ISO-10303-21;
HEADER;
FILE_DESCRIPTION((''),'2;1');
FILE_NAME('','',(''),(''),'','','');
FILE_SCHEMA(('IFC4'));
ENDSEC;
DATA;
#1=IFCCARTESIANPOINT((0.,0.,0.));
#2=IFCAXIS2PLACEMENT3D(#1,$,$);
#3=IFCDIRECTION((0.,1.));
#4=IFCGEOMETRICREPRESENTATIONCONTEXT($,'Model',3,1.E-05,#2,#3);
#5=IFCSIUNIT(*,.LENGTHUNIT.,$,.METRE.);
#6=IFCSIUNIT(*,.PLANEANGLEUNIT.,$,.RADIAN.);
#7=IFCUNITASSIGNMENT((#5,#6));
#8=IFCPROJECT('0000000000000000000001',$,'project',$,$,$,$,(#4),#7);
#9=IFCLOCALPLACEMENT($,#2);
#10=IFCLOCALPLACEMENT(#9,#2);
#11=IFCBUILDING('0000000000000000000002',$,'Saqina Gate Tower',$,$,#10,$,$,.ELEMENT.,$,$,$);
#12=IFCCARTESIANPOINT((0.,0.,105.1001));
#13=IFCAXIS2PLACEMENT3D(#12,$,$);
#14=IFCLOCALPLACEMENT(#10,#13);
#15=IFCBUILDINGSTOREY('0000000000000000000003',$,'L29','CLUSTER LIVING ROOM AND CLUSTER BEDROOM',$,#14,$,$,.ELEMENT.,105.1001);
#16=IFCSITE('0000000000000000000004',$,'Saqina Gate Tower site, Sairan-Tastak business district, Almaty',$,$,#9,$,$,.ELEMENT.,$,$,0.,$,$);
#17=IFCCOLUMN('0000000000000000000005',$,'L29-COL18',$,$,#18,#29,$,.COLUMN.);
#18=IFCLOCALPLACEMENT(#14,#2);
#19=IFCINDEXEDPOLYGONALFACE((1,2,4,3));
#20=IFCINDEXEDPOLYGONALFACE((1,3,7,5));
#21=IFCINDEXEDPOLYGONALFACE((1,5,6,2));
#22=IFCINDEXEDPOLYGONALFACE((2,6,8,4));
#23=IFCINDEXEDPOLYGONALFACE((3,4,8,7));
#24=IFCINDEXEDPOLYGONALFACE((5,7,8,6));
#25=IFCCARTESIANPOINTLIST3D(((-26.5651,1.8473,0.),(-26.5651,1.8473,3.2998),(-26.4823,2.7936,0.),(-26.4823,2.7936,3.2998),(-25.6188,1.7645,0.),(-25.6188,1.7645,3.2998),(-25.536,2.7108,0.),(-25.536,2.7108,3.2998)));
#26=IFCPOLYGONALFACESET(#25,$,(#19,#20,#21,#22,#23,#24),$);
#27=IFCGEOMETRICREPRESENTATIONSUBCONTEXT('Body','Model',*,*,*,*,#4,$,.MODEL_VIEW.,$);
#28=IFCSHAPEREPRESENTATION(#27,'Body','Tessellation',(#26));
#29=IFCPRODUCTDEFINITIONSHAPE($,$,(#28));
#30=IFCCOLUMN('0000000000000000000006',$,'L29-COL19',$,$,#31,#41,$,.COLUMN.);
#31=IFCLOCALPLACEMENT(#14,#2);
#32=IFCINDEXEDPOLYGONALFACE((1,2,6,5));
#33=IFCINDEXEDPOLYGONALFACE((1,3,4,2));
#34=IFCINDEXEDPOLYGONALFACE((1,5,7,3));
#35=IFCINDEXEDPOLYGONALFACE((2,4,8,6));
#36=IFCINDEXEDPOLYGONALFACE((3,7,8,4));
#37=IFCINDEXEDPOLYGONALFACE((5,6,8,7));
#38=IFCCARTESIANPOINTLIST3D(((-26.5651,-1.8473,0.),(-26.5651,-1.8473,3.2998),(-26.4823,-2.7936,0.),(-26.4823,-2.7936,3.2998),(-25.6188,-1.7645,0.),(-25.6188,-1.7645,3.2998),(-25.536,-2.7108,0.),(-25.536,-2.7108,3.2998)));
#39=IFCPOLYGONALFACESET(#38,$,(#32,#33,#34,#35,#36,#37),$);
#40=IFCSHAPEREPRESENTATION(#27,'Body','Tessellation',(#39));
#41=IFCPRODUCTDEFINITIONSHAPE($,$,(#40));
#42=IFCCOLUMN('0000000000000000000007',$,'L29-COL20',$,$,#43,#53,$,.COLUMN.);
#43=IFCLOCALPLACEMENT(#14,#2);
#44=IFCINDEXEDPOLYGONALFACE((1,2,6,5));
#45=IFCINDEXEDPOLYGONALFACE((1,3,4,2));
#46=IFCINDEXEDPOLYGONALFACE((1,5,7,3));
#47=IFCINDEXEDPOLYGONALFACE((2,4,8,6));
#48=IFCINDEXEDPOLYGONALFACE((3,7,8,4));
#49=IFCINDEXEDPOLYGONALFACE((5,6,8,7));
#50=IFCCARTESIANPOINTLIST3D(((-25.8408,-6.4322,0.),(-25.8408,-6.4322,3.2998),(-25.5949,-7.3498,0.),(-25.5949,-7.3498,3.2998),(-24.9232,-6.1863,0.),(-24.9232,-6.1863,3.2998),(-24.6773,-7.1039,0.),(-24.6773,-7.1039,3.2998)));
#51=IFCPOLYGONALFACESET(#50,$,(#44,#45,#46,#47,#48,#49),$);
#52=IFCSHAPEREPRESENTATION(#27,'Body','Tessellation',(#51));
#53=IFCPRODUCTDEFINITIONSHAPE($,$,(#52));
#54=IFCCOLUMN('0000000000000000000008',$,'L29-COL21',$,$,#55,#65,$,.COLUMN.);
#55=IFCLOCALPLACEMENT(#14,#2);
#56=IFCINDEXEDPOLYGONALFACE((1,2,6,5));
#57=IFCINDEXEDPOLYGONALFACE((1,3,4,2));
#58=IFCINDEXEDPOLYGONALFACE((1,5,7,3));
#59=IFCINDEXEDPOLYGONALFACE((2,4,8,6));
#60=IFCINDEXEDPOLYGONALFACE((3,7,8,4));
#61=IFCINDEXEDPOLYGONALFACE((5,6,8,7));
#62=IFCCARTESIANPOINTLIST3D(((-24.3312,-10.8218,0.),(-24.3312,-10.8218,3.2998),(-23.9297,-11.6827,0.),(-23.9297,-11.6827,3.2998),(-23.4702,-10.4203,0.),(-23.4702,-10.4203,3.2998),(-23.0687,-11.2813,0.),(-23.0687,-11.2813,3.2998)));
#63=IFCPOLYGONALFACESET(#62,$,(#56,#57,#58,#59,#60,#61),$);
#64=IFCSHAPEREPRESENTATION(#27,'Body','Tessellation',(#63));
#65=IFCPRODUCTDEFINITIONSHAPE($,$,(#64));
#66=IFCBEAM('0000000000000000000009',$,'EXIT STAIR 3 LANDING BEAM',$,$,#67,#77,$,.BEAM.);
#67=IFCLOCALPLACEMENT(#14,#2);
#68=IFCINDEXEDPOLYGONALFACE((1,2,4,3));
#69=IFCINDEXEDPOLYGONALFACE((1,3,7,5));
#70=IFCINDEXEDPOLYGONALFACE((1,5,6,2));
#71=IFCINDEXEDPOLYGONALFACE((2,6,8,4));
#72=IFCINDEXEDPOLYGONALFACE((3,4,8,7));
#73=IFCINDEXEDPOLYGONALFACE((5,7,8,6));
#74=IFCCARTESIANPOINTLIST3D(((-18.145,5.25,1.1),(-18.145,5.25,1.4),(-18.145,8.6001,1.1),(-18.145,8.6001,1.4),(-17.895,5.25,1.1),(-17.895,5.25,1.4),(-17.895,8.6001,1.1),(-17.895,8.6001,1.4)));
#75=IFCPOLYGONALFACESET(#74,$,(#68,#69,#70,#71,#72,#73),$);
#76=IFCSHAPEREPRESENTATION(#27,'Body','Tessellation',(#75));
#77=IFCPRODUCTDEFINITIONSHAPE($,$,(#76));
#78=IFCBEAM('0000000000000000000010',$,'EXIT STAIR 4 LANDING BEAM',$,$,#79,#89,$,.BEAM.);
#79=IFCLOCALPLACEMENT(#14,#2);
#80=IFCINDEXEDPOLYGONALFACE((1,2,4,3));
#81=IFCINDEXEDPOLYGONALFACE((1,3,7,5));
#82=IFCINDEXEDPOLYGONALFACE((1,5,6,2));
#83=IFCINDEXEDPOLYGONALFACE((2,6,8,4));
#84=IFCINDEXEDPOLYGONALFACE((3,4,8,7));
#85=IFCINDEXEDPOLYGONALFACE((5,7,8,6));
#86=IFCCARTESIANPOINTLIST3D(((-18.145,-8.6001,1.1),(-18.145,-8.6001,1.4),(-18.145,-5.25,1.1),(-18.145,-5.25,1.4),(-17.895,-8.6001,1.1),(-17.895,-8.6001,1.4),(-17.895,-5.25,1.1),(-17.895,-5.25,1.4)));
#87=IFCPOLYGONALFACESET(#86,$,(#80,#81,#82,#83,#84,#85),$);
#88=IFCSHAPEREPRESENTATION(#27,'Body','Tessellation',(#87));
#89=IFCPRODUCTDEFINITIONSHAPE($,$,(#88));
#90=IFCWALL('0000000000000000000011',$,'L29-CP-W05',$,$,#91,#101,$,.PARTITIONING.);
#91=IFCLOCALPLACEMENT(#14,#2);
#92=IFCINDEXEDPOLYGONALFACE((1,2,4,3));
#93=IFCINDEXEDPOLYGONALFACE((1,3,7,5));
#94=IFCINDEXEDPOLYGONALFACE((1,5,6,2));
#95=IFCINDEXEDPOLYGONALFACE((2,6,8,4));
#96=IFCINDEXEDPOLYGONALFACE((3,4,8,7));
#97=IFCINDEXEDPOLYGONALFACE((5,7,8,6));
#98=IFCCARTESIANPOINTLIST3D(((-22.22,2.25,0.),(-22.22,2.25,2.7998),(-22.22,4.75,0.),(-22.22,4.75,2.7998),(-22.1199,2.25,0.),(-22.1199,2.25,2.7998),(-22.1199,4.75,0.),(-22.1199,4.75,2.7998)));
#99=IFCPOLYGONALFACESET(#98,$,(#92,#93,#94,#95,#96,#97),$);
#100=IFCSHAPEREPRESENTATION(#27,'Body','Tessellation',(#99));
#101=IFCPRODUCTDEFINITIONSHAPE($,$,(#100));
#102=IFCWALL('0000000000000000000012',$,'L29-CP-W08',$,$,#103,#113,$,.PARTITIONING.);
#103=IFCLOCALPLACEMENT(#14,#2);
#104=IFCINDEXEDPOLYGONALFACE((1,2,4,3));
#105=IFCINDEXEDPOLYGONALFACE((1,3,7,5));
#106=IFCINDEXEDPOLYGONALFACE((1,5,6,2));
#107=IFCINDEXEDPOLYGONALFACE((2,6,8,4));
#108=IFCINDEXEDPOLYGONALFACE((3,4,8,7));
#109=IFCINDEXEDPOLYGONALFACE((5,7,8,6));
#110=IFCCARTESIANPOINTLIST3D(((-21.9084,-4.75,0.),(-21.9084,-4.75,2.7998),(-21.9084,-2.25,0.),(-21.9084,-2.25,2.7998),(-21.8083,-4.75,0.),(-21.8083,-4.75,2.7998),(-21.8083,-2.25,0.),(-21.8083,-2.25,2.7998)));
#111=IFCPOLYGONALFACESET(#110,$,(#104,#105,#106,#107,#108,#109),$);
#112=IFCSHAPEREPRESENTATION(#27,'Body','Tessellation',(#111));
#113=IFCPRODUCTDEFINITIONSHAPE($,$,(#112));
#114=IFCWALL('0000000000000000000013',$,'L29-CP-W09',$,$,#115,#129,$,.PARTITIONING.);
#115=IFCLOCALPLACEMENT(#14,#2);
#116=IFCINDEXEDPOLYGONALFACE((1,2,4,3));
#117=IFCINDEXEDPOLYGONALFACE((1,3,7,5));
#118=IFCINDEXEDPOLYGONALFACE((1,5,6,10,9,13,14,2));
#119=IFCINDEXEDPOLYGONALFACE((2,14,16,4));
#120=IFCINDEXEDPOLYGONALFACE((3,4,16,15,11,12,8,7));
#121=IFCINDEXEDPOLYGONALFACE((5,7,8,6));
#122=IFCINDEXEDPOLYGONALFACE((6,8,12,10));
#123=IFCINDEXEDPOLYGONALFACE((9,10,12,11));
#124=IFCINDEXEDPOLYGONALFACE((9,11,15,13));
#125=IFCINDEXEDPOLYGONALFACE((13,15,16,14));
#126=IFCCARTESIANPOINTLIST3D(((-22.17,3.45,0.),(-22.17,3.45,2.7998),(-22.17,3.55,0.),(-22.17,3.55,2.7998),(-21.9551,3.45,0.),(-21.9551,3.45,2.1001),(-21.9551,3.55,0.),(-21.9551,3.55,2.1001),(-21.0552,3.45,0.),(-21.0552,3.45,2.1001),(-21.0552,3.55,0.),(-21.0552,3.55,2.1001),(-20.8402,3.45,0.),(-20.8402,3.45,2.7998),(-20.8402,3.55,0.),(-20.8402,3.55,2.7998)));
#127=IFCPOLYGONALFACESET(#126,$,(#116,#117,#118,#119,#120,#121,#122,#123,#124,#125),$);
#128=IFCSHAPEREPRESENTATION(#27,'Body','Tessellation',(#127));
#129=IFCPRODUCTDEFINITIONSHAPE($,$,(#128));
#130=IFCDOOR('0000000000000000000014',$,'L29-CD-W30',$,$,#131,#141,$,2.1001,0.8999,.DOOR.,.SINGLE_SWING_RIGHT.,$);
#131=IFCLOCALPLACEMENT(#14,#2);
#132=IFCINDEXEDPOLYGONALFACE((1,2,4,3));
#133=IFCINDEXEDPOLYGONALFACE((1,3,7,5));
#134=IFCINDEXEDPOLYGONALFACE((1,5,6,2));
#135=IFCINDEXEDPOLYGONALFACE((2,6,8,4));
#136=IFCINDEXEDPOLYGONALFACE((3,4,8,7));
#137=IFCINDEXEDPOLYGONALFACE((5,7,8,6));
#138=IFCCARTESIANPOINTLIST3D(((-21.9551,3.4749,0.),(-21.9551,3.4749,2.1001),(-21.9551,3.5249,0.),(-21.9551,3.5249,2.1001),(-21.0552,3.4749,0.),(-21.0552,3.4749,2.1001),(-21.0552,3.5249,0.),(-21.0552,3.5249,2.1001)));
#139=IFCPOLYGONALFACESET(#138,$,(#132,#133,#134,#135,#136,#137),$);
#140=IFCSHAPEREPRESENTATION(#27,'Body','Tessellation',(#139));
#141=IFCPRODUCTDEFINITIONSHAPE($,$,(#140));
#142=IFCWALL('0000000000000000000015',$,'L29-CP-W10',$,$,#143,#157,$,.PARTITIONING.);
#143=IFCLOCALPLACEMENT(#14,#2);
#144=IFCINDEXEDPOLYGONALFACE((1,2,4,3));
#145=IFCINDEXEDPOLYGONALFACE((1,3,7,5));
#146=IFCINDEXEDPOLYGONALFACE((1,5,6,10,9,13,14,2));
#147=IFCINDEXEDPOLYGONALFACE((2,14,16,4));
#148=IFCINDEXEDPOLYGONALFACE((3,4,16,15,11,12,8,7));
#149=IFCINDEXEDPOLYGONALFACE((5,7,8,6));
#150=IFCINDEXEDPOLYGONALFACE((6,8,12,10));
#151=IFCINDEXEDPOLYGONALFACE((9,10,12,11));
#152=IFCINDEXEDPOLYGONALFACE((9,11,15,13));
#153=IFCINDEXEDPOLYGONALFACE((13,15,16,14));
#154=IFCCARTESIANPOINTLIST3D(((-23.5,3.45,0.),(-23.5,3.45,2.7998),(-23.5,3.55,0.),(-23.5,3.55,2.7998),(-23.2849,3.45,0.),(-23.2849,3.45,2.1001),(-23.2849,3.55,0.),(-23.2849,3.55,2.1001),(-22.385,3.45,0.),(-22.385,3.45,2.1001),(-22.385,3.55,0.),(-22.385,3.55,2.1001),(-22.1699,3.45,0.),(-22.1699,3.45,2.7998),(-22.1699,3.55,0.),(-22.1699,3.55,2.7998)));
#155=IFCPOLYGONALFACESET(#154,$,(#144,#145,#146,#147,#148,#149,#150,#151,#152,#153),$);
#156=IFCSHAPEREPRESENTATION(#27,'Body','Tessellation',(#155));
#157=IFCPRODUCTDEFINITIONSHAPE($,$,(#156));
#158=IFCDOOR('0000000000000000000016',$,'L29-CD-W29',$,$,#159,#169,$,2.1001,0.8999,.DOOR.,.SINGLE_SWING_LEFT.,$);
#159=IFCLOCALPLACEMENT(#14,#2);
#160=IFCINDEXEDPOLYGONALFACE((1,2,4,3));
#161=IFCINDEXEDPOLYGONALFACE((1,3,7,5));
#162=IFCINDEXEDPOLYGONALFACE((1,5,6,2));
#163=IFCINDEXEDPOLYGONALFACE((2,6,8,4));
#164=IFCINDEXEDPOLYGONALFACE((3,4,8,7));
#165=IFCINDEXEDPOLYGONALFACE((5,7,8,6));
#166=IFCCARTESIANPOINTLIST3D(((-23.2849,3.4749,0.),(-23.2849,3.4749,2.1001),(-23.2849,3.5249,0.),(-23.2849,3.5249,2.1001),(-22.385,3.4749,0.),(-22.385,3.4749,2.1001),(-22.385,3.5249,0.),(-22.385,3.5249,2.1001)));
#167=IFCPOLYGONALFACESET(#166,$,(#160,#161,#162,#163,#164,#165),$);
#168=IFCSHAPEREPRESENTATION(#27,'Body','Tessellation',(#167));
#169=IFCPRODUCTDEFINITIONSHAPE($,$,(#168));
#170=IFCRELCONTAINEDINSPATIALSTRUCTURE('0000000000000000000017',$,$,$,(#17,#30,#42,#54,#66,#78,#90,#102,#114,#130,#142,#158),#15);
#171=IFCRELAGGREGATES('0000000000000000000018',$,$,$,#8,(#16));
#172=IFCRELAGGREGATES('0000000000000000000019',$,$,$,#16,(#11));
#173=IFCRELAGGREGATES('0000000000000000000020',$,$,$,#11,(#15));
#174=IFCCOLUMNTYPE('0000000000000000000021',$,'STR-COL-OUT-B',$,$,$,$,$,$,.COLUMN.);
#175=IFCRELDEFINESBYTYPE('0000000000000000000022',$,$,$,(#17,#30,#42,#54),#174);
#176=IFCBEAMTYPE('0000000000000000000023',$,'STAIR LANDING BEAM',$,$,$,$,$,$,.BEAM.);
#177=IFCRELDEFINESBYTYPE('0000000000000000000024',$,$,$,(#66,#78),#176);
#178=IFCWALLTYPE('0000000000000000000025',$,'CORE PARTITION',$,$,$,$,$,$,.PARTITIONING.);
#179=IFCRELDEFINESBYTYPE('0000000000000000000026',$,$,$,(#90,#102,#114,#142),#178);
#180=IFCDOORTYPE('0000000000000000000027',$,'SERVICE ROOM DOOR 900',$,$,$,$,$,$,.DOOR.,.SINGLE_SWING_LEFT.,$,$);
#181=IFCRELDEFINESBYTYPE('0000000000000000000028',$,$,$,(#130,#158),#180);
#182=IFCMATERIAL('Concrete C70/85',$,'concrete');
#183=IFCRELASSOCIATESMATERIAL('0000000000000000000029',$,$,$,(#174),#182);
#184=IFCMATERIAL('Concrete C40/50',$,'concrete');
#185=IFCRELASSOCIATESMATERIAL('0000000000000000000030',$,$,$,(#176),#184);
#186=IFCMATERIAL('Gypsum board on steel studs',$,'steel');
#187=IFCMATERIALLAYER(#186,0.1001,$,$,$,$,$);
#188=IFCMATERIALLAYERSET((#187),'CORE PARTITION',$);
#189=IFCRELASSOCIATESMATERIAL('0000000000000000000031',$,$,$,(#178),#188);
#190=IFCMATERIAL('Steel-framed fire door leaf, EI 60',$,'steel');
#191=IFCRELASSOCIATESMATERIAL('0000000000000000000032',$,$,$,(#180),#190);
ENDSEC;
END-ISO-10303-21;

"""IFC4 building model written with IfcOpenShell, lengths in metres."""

from ifc_helpers import new_model, si_unit, direction, frame, frame_2d, origin, origin_2d, place, context, subcontext, project, spatial, rectangle, extrude, material, layer, layer_set, material_profile, profile_set, type_object, element, fill, save


model = new_model("IFC4")

# Units and contexts
model_context = context("Model", 3, precision=1e-05, world=origin(), true_north=direction((0.0, 1.0)))
body_context = subcontext(model_context, "Body", "Model", "MODEL_VIEW")
ifc_project = project(units=[si_unit("LENGTHUNIT", "METRE"), si_unit("PLANEANGLEUNIT", "RADIAN")], contexts=[model_context])

# Site, building, storey
site_placement = place(None, origin())
site = spatial("IfcSite", under=ifc_project, at=site_placement, Name="Saqina Gate Tower site, Sairan-Tastak business district, Almaty", CompositionType="ELEMENT", RefElevation=0.0)
building_placement = place(site_placement, origin())
building = spatial("IfcBuilding", under=site, at=building_placement, Name="Saqina Gate Tower", CompositionType="ELEMENT")
storey_placement = place(building_placement, frame((0.0, 0.0, 105.1001)))
storey = spatial("IfcBuildingStorey", under=building, at=storey_placement, Name="L29", Description="CLUSTER LIVING ROOM AND CLUSTER BEDROOM", CompositionType="ELEMENT", Elevation=105.1001)

# Columns
ifc_material_1 = material(Name="Concrete C70/85", Category="concrete")
ifc_material_profile_1 = material_profile(ifc_material_1, rectangle(XDim=0.95, YDim=0.95, at=origin_2d()), Name="RC 950x950")
ifc_profile_set_1 = profile_set([ifc_material_profile_1], Name="Concrete C70/85")
column_type = type_object("IfcColumnType", Name="STR-COL-OUT-B", PredefinedType="COLUMN", material=ifc_profile_set_1)
for number, where, z_axis, x_axis, name in (
    (1, (-26.0505, 2.2791, 0.0), (0.0, 0.0, 1.0), (-0.996195, 0.087156, 0.0), "L29-COL18"),
    (2, (-26.0505, -2.2791, 0.0), (0.0, 0.0, 1.0), (-0.996195, -0.087156, 0.0), "L29-COL19"),
    (3, (-25.259, -6.7681, 0.0), (0.0, 0.0, 1.0), (-0.965926, -0.258819, 0.0), "L29-COL20"),
    (4, (-23.7, -11.0515, 0.0), (0.0, 0.0, 1.0), (-0.906308, -0.422618, 0.0), "L29-COL21"),
):
    element("IfcColumn", number, at=place(storey_placement, frame(where, z_axis=z_axis, x_axis=x_axis)), inside=storey, type_object=column_type, Name=name, PredefinedType="COLUMN", context=body_context, shape_type="SweptSolid", body=[
        extrude(rectangle(XDim=0.95, YDim=0.95, at=origin_2d()), origin(), (0.0, 0.0, 1.0), 3.2998),
    ])

# Beams
ifc_material_2 = material(Name="Concrete C40/50", Category="concrete")
ifc_material_profile_2 = material_profile(ifc_material_2, rectangle(XDim=0.25, YDim=0.3, at=origin_2d()), Name="STAIR LANDING BEAM")
ifc_profile_set_2 = profile_set([ifc_material_profile_2], Name="Concrete C40/50")
beam_type = type_object("IfcBeamType", Name="STAIR LANDING BEAM", PredefinedType="BEAM", material=ifc_profile_set_2)
for number, where, z_axis, x_axis, name in (
    (5, (-18.02, 5.25, 1.25), (0.0, 1.0, 0.0), (-1.0, 0.0, 0.0), "EXIT STAIR 3 LANDING BEAM"),
    (6, (-18.02, -8.6001, 1.25), (0.0, 1.0, 0.0), (-1.0, 0.0, 0.0), "EXIT STAIR 4 LANDING BEAM"),
):
    element("IfcBeam", number, at=place(storey_placement, frame(where, z_axis=z_axis, x_axis=x_axis)), inside=storey, type_object=beam_type, Name=name, PredefinedType="BEAM", context=body_context, shape_type="SweptSolid", body=[
        extrude(rectangle(XDim=0.25, YDim=0.3, at=origin_2d()), origin(), (0.0, 0.0, 1.0), 3.3501),
    ])

# Walls
ifc_material_3 = material(Name="Gypsum board on steel studs", Category="steel")
ifc_layer_1 = layer(ifc_material_3, 0.1001)
ifc_layer_set_1 = layer_set([ifc_layer_1], Name="CORE PARTITION")
wall_type_1 = type_object("IfcWallType", Name="CORE PARTITION", PredefinedType="PARTITIONING", material=ifc_layer_set_1)
for number, where, z_axis, x_axis, name in (
    (7, (-22.1699, 2.25, 0.0), (0.0, 0.0, 1.0), (0.0, 1.0, 0.0), "L29-CP-W05"),
    (8, (-21.8584, -4.75, 0.0), (0.0, 0.0, 1.0), (0.0, 1.0, 0.0), "L29-CP-W08"),
):
    element("IfcWall", number, at=place(storey_placement, frame(where, z_axis=z_axis, x_axis=x_axis)), inside=storey, type_object=wall_type_1, Name=name, PredefinedType="PARTITIONING", context=body_context, shape_type="SweptSolid", body=[
        extrude(rectangle(XDim=2.5, YDim=0.1001, at=frame_2d((1.25, 0.0))), origin(), (0.0, 0.0, 1.0), 2.7998),
    ])

# Walls, openings, doors
wall_1_placement = place(storey_placement, frame((-20.8401, 3.5, 0.0), z_axis=(0.0, 0.0, 1.0), x_axis=(-1.0, 0.0, 0.0)))
wall_1 = element("IfcWall", 9, at=wall_1_placement, inside=storey, type_object=wall_type_1, Name="L29-CP-W09", PredefinedType="PARTITIONING", context=body_context, shape_type="SweptSolid", body=[
    extrude(rectangle(XDim=1.3298, YDim=0.1001, at=frame_2d((0.665, 0.0))), origin(), (0.0, 0.0, 1.0), 2.7998),
])
opening_1_placement = place(wall_1_placement, frame((0.2151, 0.0, 0.0)))
opening_1 = element("IfcOpeningElement", 10, at=opening_1_placement, cuts=wall_1, PredefinedType="OPENING", context=body_context, shape_type="SweptSolid", body=[
    extrude(rectangle(XDim=0.8999, YDim=2.1001, at=frame_2d((0.45, 1.05))), frame((0.0, 0.062, 0.0), z_axis=(0.0, -1.0, 0.0), x_axis=(1.0, 0.0, 0.0)), (0.0, 0.0, 1.0), 0.124),
])
ifc_material_4 = material(Name="Steel-framed fire door leaf, EI 60", Category="steel")
door_type = type_object("IfcDoorType", Name="SERVICE ROOM DOOR 900", OperationType="SINGLE_SWING_LEFT", PredefinedType="DOOR", material=ifc_material_4)
door_1_placement = place(opening_1_placement, frame((0.8999, 0.0, 0.0), z_axis=(0.0, 0.0, 1.0), x_axis=(-1.0, 0.0, 0.0)))
door_1 = element("IfcDoor", 11, at=door_1_placement, inside=storey, type_object=door_type, Name="L29-CD-W30", OperationType="SINGLE_SWING_RIGHT", OverallHeight=2.1001, OverallWidth=0.8999, PredefinedType="DOOR", context=body_context, shape_type="SweptSolid", body=[
    extrude(rectangle(XDim=0.8999, YDim=2.1001, at=frame_2d((0.45, 1.05))), frame((0.0, 0.0249, 0.0), z_axis=(0.0, -1.0, 0.0), x_axis=(1.0, 0.0, 0.0)), (0.0, 0.0, 1.0), 0.05),
])
fill(opening_1, door_1)
wall_2_placement = place(storey_placement, frame((-22.1699, 3.5, 0.0), z_axis=(0.0, 0.0, 1.0), x_axis=(-1.0, 0.0, 0.0)))
wall_2 = element("IfcWall", 12, at=wall_2_placement, inside=storey, type_object=wall_type_1, Name="L29-CP-W10", PredefinedType="PARTITIONING", context=body_context, shape_type="SweptSolid", body=[
    extrude(rectangle(XDim=1.3301, YDim=0.1001, at=frame_2d((0.665, 0.0))), origin(), (0.0, 0.0, 1.0), 2.7998),
])
opening_2_placement = place(wall_2_placement, frame((0.2151, 0.0, 0.0)))
opening_2 = element("IfcOpeningElement", 13, at=opening_2_placement, cuts=wall_2, PredefinedType="OPENING", context=body_context, shape_type="SweptSolid", body=[
    extrude(rectangle(XDim=0.8999, YDim=2.1001, at=frame_2d((0.45, 1.05))), frame((0.0, 0.062, 0.0), z_axis=(0.0, -1.0, 0.0), x_axis=(1.0, 0.0, 0.0)), (0.0, 0.0, 1.0), 0.124),
])
door_2_placement = place(opening_2_placement, frame((0.8999, 0.0, 0.0), z_axis=(0.0, 0.0, 1.0), x_axis=(-1.0, 0.0, 0.0)))
door_2 = element("IfcDoor", 14, at=door_2_placement, inside=storey, type_object=door_type, Name="L29-CD-W29", OperationType="SINGLE_SWING_LEFT", OverallHeight=2.1001, OverallWidth=0.8999, PredefinedType="DOOR", context=body_context, shape_type="SweptSolid", body=[
    extrude(rectangle(XDim=0.8999, YDim=2.1001, at=frame_2d((0.45, 1.05))), frame((0.0, 0.0249, 0.0), z_axis=(0.0, -1.0, 0.0), x_axis=(1.0, 0.0, 0.0)), (0.0, 0.0, 1.0), 0.05),
])
fill(opening_2, door_2)

save(model, "model.ifc")
